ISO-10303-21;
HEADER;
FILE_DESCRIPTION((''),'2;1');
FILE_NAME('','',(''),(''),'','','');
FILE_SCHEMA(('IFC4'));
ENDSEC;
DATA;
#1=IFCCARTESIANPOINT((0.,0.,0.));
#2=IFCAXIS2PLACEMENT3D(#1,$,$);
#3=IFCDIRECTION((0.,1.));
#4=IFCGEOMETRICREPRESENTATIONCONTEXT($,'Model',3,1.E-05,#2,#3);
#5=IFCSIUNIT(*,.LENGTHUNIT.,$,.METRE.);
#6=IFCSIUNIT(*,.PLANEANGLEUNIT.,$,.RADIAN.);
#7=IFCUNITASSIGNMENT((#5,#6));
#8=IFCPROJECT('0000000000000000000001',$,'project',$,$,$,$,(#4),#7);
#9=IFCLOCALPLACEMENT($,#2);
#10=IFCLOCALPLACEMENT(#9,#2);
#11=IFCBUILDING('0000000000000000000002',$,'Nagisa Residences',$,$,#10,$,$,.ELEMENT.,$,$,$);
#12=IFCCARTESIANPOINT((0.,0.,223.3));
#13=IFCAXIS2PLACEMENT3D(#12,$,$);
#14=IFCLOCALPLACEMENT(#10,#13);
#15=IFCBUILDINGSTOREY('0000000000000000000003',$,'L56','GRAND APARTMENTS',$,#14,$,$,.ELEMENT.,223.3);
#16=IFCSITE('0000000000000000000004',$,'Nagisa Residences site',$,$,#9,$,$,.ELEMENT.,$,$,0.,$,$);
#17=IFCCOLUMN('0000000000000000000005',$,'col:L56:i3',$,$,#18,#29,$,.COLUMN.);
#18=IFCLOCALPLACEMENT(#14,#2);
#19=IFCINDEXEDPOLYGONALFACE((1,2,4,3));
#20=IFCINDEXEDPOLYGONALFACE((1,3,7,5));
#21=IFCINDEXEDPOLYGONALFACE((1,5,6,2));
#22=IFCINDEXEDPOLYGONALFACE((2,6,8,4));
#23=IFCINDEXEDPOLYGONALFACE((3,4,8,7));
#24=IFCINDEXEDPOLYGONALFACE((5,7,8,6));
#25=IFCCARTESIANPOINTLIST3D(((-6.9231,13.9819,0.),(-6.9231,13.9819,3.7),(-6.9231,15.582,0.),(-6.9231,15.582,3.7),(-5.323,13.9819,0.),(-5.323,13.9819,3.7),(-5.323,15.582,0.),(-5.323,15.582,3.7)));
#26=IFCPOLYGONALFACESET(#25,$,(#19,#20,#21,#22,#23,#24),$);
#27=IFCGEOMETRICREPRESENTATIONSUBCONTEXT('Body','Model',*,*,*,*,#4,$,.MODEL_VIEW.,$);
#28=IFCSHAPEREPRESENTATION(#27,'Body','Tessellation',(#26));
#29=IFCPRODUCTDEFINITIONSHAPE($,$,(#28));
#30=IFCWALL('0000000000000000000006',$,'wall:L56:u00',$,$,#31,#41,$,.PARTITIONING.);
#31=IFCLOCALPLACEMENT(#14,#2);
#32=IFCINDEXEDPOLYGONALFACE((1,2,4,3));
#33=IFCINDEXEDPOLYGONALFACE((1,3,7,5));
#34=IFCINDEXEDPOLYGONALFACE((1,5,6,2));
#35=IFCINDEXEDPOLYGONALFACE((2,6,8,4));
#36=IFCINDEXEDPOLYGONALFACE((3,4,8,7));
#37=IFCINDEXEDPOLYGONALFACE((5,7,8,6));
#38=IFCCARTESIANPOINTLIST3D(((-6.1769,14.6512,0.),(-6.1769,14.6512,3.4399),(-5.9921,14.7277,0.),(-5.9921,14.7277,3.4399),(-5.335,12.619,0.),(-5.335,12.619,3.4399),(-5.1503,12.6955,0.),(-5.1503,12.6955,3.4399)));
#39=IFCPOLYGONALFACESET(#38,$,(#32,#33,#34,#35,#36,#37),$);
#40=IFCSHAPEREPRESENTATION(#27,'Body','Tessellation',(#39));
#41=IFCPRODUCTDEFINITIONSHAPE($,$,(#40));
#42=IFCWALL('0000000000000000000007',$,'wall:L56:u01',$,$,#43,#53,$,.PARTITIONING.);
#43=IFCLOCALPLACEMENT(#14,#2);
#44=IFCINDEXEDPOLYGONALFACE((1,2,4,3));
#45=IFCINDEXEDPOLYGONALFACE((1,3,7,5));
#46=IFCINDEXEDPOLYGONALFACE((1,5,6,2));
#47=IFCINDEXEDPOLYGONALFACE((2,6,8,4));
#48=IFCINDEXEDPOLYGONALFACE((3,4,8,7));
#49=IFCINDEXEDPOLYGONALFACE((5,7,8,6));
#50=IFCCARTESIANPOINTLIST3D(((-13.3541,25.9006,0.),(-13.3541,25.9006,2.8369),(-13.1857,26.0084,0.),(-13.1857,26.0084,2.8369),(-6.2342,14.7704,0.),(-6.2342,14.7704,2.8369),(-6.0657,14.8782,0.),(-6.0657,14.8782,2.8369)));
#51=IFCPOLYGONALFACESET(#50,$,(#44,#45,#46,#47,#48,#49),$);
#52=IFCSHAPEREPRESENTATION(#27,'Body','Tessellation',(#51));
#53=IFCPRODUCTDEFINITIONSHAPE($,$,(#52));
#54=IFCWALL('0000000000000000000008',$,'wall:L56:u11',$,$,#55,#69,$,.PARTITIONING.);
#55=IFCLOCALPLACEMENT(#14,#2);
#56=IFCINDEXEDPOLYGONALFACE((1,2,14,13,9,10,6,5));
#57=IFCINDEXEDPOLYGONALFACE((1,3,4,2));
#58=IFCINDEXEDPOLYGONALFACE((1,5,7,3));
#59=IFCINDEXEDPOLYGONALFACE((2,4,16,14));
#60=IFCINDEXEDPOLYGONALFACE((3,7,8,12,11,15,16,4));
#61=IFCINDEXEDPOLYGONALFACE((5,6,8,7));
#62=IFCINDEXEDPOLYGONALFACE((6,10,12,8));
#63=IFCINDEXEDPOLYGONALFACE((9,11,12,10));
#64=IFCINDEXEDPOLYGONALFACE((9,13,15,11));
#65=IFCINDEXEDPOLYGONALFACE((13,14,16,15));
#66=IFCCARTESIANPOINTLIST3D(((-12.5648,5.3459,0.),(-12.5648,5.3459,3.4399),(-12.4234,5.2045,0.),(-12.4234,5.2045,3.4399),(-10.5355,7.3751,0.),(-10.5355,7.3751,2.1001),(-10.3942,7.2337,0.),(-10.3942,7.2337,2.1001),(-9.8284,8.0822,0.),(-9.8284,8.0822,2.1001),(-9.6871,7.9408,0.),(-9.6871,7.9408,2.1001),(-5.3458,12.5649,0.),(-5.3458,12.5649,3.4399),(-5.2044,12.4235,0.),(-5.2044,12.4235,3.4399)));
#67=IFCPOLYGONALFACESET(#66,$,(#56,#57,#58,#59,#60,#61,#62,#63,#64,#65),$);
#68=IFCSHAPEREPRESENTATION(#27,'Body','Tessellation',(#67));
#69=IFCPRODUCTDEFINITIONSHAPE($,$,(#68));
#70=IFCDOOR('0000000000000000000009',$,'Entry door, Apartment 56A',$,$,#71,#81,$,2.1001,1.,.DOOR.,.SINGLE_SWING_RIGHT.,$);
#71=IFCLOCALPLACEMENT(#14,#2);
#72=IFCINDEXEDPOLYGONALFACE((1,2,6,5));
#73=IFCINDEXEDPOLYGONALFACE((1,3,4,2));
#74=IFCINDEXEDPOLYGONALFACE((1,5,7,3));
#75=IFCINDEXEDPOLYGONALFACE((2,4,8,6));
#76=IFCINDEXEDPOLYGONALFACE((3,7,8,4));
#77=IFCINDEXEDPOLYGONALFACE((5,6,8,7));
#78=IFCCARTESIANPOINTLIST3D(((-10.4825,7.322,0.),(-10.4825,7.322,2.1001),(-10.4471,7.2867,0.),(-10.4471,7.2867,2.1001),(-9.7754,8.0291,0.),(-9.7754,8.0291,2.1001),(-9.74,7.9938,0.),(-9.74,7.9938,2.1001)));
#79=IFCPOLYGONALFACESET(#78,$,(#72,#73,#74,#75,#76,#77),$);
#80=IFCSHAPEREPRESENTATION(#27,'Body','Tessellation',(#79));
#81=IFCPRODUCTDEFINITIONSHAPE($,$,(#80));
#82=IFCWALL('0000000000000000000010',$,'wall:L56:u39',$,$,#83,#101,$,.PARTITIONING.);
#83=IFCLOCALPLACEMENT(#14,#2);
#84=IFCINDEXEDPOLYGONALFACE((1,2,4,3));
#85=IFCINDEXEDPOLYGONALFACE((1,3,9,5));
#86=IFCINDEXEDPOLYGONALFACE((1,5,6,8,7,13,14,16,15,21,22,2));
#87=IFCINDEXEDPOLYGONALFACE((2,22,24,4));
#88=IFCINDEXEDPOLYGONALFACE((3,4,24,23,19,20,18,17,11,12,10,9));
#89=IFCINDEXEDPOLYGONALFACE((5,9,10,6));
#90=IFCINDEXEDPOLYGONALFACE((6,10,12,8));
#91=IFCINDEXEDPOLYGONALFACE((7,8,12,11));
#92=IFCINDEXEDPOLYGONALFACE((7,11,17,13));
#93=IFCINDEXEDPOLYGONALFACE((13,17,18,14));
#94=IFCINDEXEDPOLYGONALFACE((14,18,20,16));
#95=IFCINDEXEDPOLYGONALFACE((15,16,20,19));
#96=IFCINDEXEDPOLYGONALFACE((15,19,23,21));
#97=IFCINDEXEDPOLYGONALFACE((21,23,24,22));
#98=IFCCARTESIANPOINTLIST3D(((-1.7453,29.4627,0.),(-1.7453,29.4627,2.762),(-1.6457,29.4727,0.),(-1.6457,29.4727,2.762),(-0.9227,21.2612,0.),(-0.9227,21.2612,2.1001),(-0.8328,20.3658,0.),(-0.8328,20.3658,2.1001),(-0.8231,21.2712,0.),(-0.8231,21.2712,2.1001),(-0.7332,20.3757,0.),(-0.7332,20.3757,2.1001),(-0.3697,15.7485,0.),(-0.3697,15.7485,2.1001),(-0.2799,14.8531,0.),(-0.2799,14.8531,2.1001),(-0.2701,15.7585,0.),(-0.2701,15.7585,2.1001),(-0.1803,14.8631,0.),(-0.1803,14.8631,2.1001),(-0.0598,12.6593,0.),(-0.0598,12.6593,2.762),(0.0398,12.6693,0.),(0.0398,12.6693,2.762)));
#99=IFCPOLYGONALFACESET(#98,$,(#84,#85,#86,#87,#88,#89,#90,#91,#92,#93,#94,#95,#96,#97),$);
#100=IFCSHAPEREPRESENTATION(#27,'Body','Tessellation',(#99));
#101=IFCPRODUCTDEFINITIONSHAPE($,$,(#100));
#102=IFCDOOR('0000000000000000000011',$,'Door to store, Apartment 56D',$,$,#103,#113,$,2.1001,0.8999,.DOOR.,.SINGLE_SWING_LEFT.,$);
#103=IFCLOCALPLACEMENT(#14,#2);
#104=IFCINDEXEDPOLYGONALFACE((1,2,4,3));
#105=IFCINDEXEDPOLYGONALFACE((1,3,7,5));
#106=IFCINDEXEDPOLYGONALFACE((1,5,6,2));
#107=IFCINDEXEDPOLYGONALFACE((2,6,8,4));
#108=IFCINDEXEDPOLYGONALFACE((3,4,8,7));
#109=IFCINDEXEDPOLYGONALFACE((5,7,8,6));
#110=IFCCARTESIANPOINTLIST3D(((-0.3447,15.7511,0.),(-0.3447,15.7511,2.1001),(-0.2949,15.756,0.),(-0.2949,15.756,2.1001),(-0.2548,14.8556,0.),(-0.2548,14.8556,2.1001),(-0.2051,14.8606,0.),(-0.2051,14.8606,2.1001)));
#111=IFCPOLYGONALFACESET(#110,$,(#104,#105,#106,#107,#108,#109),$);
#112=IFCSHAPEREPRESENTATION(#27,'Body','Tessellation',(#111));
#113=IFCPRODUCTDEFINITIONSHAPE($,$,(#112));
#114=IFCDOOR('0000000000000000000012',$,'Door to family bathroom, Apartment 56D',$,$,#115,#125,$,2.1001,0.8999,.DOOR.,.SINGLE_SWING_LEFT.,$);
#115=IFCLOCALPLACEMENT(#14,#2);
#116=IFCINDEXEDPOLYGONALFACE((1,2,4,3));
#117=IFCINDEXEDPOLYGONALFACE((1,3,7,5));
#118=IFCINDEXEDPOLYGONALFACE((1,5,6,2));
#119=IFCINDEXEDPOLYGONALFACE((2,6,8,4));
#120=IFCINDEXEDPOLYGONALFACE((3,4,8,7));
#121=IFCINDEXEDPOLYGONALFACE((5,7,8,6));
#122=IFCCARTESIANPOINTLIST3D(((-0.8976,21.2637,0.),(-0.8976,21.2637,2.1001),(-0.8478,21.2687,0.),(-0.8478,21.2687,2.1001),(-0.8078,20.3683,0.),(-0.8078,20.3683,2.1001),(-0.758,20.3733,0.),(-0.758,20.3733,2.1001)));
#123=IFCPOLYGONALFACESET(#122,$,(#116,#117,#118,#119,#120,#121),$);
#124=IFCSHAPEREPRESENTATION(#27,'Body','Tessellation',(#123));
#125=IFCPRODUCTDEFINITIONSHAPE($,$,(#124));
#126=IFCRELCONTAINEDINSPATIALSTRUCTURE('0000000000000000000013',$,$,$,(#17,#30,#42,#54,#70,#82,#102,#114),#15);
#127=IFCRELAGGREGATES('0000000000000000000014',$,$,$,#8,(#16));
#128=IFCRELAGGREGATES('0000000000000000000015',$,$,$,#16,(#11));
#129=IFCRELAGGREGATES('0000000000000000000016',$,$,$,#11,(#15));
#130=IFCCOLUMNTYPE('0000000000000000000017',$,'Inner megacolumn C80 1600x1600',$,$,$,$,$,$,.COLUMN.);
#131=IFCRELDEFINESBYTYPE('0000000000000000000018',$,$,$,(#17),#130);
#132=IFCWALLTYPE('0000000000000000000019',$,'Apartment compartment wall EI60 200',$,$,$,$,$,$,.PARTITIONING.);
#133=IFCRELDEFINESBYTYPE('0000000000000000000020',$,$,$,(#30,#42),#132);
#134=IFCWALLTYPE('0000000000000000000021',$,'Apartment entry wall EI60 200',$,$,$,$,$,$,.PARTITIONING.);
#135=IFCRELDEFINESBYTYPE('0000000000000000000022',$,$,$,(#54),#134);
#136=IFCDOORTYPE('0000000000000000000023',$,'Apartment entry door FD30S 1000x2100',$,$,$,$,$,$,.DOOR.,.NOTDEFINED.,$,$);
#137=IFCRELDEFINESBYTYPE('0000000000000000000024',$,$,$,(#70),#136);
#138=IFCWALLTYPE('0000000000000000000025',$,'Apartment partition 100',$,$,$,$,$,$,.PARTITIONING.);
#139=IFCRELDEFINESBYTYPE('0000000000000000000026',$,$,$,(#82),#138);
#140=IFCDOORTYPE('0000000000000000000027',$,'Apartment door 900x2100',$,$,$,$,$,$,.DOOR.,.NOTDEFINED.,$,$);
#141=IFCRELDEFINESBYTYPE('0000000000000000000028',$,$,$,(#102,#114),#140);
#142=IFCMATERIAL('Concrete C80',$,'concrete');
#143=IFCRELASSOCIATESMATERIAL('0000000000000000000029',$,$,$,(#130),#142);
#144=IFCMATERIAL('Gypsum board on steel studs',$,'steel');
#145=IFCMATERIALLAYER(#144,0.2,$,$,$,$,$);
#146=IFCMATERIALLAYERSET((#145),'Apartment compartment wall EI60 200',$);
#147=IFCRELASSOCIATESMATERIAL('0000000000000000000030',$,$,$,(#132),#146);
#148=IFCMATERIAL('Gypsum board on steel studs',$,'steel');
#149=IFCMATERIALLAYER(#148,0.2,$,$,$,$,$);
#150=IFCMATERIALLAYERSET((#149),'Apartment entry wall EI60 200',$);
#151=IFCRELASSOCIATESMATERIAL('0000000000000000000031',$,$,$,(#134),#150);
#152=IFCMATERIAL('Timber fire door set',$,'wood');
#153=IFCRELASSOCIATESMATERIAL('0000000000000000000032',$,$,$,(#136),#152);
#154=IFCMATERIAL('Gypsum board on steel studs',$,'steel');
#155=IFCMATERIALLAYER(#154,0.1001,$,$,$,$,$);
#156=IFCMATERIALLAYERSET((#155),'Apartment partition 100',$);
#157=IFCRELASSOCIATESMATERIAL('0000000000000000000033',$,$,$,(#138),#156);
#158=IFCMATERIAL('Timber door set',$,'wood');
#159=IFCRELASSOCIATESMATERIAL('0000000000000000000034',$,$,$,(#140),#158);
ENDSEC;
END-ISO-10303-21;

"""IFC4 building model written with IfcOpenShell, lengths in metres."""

from ifc_helpers import new_model, si_unit, direction, frame, frame_2d, origin, origin_2d, place, context, subcontext, project, spatial, rectangle, extrude, material, layer, layer_set, material_profile, profile_set, type_object, element, fill, save


model = new_model("IFC4")

# Units and contexts
model_context = context("Model", 3, precision=1e-05, world=origin(), true_north=direction((0.0, 1.0)))
body_context = subcontext(model_context, "Body", "Model", "MODEL_VIEW")
ifc_project = project(units=[si_unit("LENGTHUNIT", "METRE"), si_unit("PLANEANGLEUNIT", "RADIAN")], contexts=[model_context])

# Site, building, storey
site_placement = place(None, origin())
site = spatial("IfcSite", under=ifc_project, at=site_placement, Name="Nagisa Residences site", CompositionType="ELEMENT", RefElevation=0.0)
building_placement = place(site_placement, origin())
building = spatial("IfcBuilding", under=site, at=building_placement, Name="Nagisa Residences", CompositionType="ELEMENT")
storey_placement = place(building_placement, frame((0.0, 0.0, 223.3)))
storey = spatial("IfcBuildingStorey", under=building, at=storey_placement, Name="L56", Description="GRAND APARTMENTS", CompositionType="ELEMENT", Elevation=223.3)

# Column
ifc_material_1 = material(Name="Concrete C80", Category="concrete")
ifc_material_profile = material_profile(ifc_material_1, rectangle(XDim=1.6001, YDim=1.6001, at=origin_2d()), Name="C80 1600x1600")
ifc_profile_set = profile_set([ifc_material_profile], Name="Concrete C80")
column_type = type_object("IfcColumnType", Name="Inner megacolumn C80 1600x1600", PredefinedType="COLUMN", material=ifc_profile_set)
column_placement = place(storey_placement, frame((-6.123, 14.782, 0.0), z_axis=(0.0, 0.0, 1.0), x_axis=(1.0, 0.0, 0.0)))
element("IfcColumn", 1, at=column_placement, inside=storey, type_object=column_type, Name="col:L56:i3", PredefinedType="COLUMN", context=body_context, shape_type="SweptSolid", body=[
    extrude(rectangle(XDim=1.6001, YDim=1.6001, at=origin_2d()), origin(), (0.0, 0.0, 1.0), 3.7),
])

# Walls
ifc_material_2 = material(Name="Gypsum board on steel studs", Category="steel")
ifc_layer_1 = layer(ifc_material_2, 0.2)
ifc_layer_set_1 = layer_set([ifc_layer_1], Name="Apartment compartment wall EI60 200")
wall_type_1 = type_object("IfcWallType", Name="Apartment compartment wall EI60 200", PredefinedType="PARTITIONING", material=ifc_layer_set_1)
wall_1_placement = place(storey_placement, frame((-5.2427, 12.6572, 0.0), z_axis=(0.0, 0.0, 1.0), x_axis=(-0.382692, 0.923876, 0.0)))
element("IfcWall", 2, at=wall_1_placement, inside=storey, type_object=wall_type_1, Name="wall:L56:u00", PredefinedType="PARTITIONING", context=body_context, shape_type="SweptSolid", body=[
    extrude(rectangle(XDim=2.1997, YDim=0.2, at=frame_2d((1.0999, 0.0))), origin(), (0.0, 0.0, 1.0), 3.4399),
])
wall_2_placement = place(storey_placement, frame((-6.1499, 14.8242, 0.0), z_axis=(0.0, 0.0, 1.0), x_axis=(-0.538871, 0.842388, 0.0)))
element("IfcWall", 3, at=wall_2_placement, inside=storey, type_object=wall_type_1, Name="wall:L56:u01", PredefinedType="PARTITIONING", context=body_context, shape_type="SweptSolid", body=[
    extrude(rectangle(XDim=13.2126, YDim=0.2, at=frame_2d((6.6064, 0.0))), origin(), (0.0, 0.0, 1.0), 2.8369),
])

# Wall, opening, door
ifc_material_3 = material(Name="Gypsum board on steel studs", Category="steel")
ifc_layer_2 = layer(ifc_material_3, 0.2)
ifc_layer_set_2 = layer_set([ifc_layer_2], Name="Apartment entry wall EI60 200")
wall_type_2 = type_object("IfcWallType", Name="Apartment entry wall EI60 200", PredefinedType="PARTITIONING", material=ifc_layer_set_2)
wall_3_placement = place(storey_placement, frame((-5.2751, 12.4941, 0.0), z_axis=(0.0, 0.0, 1.0), x_axis=(-0.707107, -0.707107, 0.0)))
wall_3 = element("IfcWall", 4, at=wall_3_placement, inside=storey, type_object=wall_type_2, Name="wall:L56:u11", PredefinedType="PARTITIONING", context=body_context, shape_type="SweptSolid", body=[
    extrude(rectangle(XDim=10.2092, YDim=0.2, at=frame_2d((5.1045, 0.0))), origin(), (0.0, 0.0, 1.0), 3.4399),
])
opening_1_placement = place(wall_3_placement, frame((6.3394, 0.0, 0.0)))
opening_1 = element("IfcOpeningElement", 5, at=opening_1_placement, cuts=wall_3, PredefinedType="OPENING", context=body_context, shape_type="SweptSolid", body=[
    extrude(rectangle(XDim=1.0, YDim=2.1001, at=frame_2d((0.5, 1.05))), frame((0.0, 0.1099, 0.0), z_axis=(0.0, -1.0, 0.0), x_axis=(1.0, 0.0, 0.0)), (0.0, 0.0, 1.0), 0.22),
])
ifc_material_4 = material(Name="Timber fire door set", Category="wood")
door_type_1 = type_object("IfcDoorType", Name="Apartment entry door FD30S 1000x2100", OperationType="NOTDEFINED", PredefinedType="DOOR", material=ifc_material_4)
door_1_placement = place(opening_1_placement, frame((1.0, 0.0, 0.0), x_axis=(-1.0, 0.0, 0.0)))
door_1 = element("IfcDoor", 6, at=door_1_placement, inside=storey, type_object=door_type_1, Name="Entry door, Apartment 56A", OperationType="SINGLE_SWING_RIGHT", OverallHeight=2.1001, OverallWidth=1.0, PredefinedType="DOOR", context=body_context, shape_type="SweptSolid", body=[
    extrude(rectangle(XDim=1.0, YDim=2.1001, at=frame_2d((0.5, 1.05))), frame((0.0, 0.0249, 0.0), z_axis=(0.0, -1.0, 0.0), x_axis=(1.0, 0.0, 0.0)), (0.0, 0.0, 1.0), 0.05),
])
fill(opening_1, door_1)

# Wall, openings, doors
ifc_material_5 = material(Name="Gypsum board on steel studs", Category="steel")
ifc_layer_3 = layer(ifc_material_5, 0.1001)
ifc_layer_set_3 = layer_set([ifc_layer_3], Name="Apartment partition 100")
wall_type_3 = type_object("IfcWallType", Name="Apartment partition 100", PredefinedType="PARTITIONING", material=ifc_layer_set_3)
wall_4_placement = place(storey_placement, frame((-0.01, 12.6643, 0.0), z_axis=(0.0, 0.0, 1.0), x_axis=(-0.099809, 0.995007, 0.0)))
wall_4 = element("IfcWall", 7, at=wall_4_placement, inside=storey, type_object=wall_type_3, Name="wall:L56:u39", PredefinedType="PARTITIONING", context=body_context, shape_type="SweptSolid", body=[
    extrude(rectangle(XDim=16.8877, YDim=0.1001, at=frame_2d((8.4438, 0.0))), origin(), (0.0, 0.0, 1.0), 2.762),
])
opening_2_placement = place(wall_4_placement, frame((2.2048, 0.0, 0.0)))
opening_2 = element("IfcOpeningElement", 8, at=opening_2_placement, cuts=wall_4, PredefinedType="OPENING", context=body_context, shape_type="SweptSolid", body=[
    extrude(rectangle(XDim=0.8999, YDim=2.1001, at=frame_2d((0.45, 1.05))), frame((0.0, 0.0601, 0.0), z_axis=(0.0, -1.0, 0.0), x_axis=(1.0, 0.0, 0.0)), (0.0, 0.0, 1.0), 0.1201),
])
opening_3_placement = place(wall_4_placement, frame((7.7451, 0.0, 0.0)))
opening_3 = element("IfcOpeningElement", 9, at=opening_3_placement, cuts=wall_4, PredefinedType="OPENING", context=body_context, shape_type="SweptSolid", body=[
    extrude(rectangle(XDim=0.8999, YDim=2.1001, at=frame_2d((0.45, 1.05))), frame((0.0, 0.0601, 0.0), z_axis=(0.0, -1.0, 0.0), x_axis=(1.0, 0.0, 0.0)), (0.0, 0.0, 1.0), 0.1201),
])
ifc_material_6 = material(Name="Timber door set", Category="wood")
door_type_2 = type_object("IfcDoorType", Name="Apartment door 900x2100", OperationType="NOTDEFINED", PredefinedType="DOOR", material=ifc_material_6)
door_2_placement = place(opening_2_placement, origin())
door_2 = element("IfcDoor", 10, at=door_2_placement, inside=storey, type_object=door_type_2, Name="Door to store, Apartment 56D", OperationType="SINGLE_SWING_LEFT", OverallHeight=2.1001, OverallWidth=0.8999, PredefinedType="DOOR", context=body_context, shape_type="SweptSolid", body=[
    extrude(rectangle(XDim=0.8999, YDim=2.1001, at=frame_2d((0.45, 1.05))), frame((0.0, 0.0249, 0.0), z_axis=(0.0, -1.0, 0.0), x_axis=(1.0, 0.0, 0.0)), (0.0, 0.0, 1.0), 0.05),
])
fill(opening_2, door_2)
door_3_placement = place(opening_3_placement, origin())
door_3 = element("IfcDoor", 11, at=door_3_placement, inside=storey, type_object=door_type_2, Name="Door to family bathroom, Apartment 56D", OperationType="SINGLE_SWING_LEFT", OverallHeight=2.1001, OverallWidth=0.8999, PredefinedType="DOOR", context=body_context, shape_type="SweptSolid", body=[
    extrude(rectangle(XDim=0.8999, YDim=2.1001, at=frame_2d((0.45, 1.05))), frame((0.0, 0.0249, 0.0), z_axis=(0.0, -1.0, 0.0), x_axis=(1.0, 0.0, 0.0)), (0.0, 0.0, 1.0), 0.05),
])
fill(opening_3, door_3)

save(model, "model.ifc")
